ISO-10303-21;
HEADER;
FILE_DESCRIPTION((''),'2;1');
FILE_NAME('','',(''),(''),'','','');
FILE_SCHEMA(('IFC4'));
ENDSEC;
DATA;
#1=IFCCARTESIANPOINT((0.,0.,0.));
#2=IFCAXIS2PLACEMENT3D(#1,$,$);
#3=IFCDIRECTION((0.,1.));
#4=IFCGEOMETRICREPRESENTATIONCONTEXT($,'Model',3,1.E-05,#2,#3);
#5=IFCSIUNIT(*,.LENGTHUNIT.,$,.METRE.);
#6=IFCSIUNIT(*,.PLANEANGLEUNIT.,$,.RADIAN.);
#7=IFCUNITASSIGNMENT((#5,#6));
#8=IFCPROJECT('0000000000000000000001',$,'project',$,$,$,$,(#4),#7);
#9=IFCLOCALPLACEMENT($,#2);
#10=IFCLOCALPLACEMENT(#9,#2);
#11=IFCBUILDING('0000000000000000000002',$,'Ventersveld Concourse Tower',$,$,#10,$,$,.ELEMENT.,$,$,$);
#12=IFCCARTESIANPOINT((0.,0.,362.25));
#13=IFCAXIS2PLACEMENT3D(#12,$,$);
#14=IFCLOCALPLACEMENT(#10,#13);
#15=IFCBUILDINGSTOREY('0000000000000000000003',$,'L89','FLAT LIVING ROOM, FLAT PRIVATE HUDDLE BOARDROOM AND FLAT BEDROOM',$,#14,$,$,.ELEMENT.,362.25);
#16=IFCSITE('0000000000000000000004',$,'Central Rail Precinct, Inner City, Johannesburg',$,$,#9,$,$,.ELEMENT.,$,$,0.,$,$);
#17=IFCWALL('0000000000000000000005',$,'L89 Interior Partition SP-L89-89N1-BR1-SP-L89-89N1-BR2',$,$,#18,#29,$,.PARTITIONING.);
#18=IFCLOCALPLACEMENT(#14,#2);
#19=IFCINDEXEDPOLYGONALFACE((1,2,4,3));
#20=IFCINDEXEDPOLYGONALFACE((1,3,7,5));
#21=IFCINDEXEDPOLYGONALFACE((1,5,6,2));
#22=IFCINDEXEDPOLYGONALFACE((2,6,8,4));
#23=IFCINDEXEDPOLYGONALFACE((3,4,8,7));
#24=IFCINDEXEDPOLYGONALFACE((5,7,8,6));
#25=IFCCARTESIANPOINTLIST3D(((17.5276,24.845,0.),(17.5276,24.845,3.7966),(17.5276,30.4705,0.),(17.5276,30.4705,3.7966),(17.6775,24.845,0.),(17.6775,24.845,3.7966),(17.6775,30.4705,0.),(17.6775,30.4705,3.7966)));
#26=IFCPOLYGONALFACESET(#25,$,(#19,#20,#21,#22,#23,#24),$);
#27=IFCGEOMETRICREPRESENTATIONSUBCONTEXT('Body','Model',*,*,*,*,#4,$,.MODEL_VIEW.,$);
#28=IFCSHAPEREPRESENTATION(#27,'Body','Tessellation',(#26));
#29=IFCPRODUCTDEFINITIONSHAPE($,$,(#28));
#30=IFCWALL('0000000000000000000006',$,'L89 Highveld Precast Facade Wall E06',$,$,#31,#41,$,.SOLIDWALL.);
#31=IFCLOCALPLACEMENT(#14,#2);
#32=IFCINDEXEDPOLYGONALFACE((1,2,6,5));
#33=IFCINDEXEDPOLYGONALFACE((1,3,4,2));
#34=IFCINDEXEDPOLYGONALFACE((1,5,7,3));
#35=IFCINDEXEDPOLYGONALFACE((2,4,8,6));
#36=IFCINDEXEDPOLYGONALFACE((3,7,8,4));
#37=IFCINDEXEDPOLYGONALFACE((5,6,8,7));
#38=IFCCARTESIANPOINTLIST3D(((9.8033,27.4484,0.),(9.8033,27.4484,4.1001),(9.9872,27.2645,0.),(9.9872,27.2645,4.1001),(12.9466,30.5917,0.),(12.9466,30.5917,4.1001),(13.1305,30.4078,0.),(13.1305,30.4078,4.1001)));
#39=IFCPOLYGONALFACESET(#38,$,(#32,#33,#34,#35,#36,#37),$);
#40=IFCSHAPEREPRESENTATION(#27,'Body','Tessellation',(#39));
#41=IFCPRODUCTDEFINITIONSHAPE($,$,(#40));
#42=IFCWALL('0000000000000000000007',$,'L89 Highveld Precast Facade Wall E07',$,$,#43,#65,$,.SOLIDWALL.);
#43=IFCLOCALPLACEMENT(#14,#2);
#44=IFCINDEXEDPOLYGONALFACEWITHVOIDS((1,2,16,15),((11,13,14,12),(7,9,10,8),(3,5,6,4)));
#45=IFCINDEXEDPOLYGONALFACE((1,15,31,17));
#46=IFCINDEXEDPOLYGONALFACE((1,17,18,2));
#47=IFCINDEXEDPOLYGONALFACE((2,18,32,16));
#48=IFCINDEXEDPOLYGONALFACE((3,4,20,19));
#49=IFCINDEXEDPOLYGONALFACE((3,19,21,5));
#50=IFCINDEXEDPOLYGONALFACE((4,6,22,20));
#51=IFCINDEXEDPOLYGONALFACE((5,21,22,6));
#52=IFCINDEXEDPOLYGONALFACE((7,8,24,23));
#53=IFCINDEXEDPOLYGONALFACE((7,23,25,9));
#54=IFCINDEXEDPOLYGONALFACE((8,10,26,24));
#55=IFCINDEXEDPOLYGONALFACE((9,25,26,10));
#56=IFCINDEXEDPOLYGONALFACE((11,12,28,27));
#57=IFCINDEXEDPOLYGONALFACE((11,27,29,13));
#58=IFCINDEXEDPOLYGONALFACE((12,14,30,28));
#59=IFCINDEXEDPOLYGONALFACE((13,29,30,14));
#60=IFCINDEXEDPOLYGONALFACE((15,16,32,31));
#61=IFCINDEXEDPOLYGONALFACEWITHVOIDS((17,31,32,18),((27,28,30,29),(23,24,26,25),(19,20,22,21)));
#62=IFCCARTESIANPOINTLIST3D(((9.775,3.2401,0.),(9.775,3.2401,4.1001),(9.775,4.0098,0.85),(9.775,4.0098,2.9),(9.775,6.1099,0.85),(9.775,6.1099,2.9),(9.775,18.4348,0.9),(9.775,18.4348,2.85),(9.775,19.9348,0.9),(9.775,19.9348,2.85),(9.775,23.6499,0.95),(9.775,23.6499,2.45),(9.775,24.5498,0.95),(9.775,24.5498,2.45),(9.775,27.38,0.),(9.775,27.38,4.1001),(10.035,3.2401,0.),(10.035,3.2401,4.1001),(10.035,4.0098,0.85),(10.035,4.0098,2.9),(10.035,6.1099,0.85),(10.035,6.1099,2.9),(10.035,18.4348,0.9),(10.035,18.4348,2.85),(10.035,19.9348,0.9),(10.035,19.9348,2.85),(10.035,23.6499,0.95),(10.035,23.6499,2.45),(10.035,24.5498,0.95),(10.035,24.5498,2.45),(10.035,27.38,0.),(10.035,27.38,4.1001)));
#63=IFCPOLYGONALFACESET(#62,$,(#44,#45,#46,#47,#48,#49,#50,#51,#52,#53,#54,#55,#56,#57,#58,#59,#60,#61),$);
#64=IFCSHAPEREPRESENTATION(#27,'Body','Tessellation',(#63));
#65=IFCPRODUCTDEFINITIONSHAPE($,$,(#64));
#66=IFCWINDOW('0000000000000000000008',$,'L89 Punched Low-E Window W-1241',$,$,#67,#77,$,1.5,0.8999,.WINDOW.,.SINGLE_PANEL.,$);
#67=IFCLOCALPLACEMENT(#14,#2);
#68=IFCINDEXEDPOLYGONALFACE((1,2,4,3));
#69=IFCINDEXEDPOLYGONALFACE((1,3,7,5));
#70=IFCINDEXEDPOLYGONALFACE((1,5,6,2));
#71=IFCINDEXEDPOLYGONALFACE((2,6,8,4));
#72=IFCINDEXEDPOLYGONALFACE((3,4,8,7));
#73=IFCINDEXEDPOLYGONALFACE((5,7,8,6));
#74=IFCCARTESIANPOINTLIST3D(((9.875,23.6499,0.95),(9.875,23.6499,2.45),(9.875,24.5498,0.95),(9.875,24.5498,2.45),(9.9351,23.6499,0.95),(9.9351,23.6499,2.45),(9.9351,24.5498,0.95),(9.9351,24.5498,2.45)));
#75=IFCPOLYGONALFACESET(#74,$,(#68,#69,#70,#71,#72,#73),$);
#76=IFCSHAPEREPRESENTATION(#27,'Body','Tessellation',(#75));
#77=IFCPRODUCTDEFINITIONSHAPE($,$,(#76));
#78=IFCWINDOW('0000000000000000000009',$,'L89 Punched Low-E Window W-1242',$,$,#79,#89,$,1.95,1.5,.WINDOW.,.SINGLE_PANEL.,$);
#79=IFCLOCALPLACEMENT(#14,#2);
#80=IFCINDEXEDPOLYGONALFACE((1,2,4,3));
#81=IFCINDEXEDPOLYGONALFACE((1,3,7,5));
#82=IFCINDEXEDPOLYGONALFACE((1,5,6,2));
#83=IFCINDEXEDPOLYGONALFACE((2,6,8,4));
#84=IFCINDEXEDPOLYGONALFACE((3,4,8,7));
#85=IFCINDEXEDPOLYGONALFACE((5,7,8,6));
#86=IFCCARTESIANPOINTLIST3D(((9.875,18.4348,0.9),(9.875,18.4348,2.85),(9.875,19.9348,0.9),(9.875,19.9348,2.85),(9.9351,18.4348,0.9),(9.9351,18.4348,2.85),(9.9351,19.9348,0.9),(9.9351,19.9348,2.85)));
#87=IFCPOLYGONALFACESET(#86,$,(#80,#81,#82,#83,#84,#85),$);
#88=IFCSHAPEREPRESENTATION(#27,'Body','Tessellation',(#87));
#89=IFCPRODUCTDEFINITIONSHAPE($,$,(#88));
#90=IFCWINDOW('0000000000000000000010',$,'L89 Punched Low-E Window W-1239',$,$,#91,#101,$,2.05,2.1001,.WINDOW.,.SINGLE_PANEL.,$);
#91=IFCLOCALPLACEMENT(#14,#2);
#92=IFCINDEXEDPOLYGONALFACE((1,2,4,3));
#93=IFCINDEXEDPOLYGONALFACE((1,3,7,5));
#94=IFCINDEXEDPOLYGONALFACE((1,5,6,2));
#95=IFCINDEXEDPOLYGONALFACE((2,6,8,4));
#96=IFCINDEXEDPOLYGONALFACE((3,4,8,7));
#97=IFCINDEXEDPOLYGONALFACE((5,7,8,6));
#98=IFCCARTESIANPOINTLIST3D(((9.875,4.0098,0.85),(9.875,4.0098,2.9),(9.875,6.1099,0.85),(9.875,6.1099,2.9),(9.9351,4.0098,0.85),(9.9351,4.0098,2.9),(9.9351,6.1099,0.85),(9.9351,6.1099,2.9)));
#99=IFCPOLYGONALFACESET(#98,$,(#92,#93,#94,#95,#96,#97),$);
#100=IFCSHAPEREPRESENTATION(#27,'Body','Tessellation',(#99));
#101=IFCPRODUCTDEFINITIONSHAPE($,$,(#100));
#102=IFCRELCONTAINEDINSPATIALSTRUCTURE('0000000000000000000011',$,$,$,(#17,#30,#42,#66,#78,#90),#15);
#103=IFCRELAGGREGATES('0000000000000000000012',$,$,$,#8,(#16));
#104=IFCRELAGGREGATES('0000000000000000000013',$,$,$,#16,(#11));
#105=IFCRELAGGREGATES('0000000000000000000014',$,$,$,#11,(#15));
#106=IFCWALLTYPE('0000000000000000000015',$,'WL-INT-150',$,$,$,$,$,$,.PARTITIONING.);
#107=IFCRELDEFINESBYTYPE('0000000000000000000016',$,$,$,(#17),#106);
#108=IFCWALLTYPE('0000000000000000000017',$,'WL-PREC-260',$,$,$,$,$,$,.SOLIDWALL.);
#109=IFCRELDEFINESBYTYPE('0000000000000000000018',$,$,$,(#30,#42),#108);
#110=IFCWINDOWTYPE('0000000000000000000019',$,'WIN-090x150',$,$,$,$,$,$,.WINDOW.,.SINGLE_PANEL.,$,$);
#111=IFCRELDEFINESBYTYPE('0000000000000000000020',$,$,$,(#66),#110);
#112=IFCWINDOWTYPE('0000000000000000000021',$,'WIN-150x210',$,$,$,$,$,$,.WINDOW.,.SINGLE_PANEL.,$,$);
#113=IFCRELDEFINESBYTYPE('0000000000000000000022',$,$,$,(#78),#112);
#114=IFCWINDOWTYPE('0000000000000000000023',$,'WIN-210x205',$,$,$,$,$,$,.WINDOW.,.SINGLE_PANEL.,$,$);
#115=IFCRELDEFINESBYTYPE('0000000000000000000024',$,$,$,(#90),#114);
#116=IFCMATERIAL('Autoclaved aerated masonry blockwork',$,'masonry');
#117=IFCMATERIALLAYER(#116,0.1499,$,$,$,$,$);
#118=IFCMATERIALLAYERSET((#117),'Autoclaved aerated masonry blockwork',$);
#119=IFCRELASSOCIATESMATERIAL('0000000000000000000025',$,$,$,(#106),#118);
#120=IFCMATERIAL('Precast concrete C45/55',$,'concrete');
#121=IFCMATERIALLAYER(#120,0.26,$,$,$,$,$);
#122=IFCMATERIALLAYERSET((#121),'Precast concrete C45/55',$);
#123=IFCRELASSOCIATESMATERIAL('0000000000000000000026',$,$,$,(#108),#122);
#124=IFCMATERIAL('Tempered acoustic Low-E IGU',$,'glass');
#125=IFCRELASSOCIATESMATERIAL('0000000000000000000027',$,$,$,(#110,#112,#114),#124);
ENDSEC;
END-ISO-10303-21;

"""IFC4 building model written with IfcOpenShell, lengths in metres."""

from ifc_helpers import new_model, si_unit, direction, frame, frame_2d, origin, place, context, subcontext, project, spatial, rectangle, extrude, material, layer, layer_set, type_object, element, fill, save


model = new_model("IFC4")

# Units and contexts
model_context = context("Model", 3, precision=1e-05, world=origin(), true_north=direction((0.0, 1.0)))
body_context = subcontext(model_context, "Body", "Model", "MODEL_VIEW")
ifc_project = project(units=[si_unit("LENGTHUNIT", "METRE"), si_unit("PLANEANGLEUNIT", "RADIAN")], contexts=[model_context])

# Site, building, storey
site_placement = place(None, origin())
site = spatial("IfcSite", under=ifc_project, at=site_placement, Name="Central Rail Precinct, Inner City, Johannesburg", CompositionType="ELEMENT", RefElevation=0.0)
building_placement = place(site_placement, origin())
building = spatial("IfcBuilding", under=site, at=building_placement, Name="Ventersveld Concourse Tower", CompositionType="ELEMENT")
storey_placement = place(building_placement, frame((0.0, 0.0, 362.25)))
storey = spatial("IfcBuildingStorey", under=building, at=storey_placement, Name="L89", Description="FLAT LIVING ROOM, FLAT PRIVATE HUDDLE BOARDROOM AND FLAT BEDROOM", CompositionType="ELEMENT", Elevation=362.25)

# Shared definitions
ifc_material_1 = material(Name="Autoclaved aerated masonry blockwork", Category="masonry")
ifc_layer_1 = layer(ifc_material_1, 0.1499)
ifc_layer_set_1 = layer_set([ifc_layer_1], Name="Autoclaved aerated masonry blockwork")
wall_type_1 = type_object("IfcWallType", Name="WL-INT-150", PredefinedType="PARTITIONING", material=ifc_layer_set_1)

# Walls
wall_1_placement = place(storey_placement, frame((17.6025, 24.845, 0.0), z_axis=(0.0, 0.0, 1.0), x_axis=(0.0, 1.0, 0.0)))
element("IfcWall", 1, at=wall_1_placement, inside=storey, type_object=wall_type_1, Name="L89 Interior Partition SP-L89-89N1-BR1-SP-L89-89N1-BR2", PredefinedType="PARTITIONING", context=body_context, shape_type="SweptSolid", body=[
    extrude(rectangle(XDim=5.6255, YDim=0.1499, at=frame_2d((2.8127, 0.0))), origin(), (0.0, 0.0, 1.0), 3.7966),
])
ifc_material_2 = material(Name="Precast concrete C45/55", Category="concrete")
ifc_layer_2 = layer(ifc_material_2, 0.26)
ifc_layer_set_2 = layer_set([ifc_layer_2], Name="Precast concrete C45/55")
wall_type_2 = type_object("IfcWallType", Name="WL-PREC-260", PredefinedType="SOLIDWALL", material=ifc_layer_set_2)
wall_2_placement = place(storey_placement, frame((13.0386, 30.4998, 0.0), z_axis=(0.0, 0.0, 1.0), x_axis=(-0.707107, -0.707107, 0.0)))
element("IfcWall", 2, at=wall_2_placement, inside=storey, type_object=wall_type_2, Name="L89 Highveld Precast Facade Wall E06", PredefinedType="SOLIDWALL", context=body_context, shape_type="SweptSolid", body=[
    extrude(rectangle(XDim=4.4453, YDim=0.26, at=frame_2d((2.2227, 0.0))), origin(), (0.0, 0.0, 1.0), 4.1001),
])

# Wall, openings, windows
wall_3_placement = place(storey_placement, frame((9.905, 27.3799, 0.0), z_axis=(0.0, 0.0, 1.0), x_axis=(0.0, -1.0, 0.0)))
wall_3 = element("IfcWall", 3, at=wall_3_placement, inside=storey, type_object=wall_type_2, Name="L89 Highveld Precast Facade Wall E07", PredefinedType="SOLIDWALL", context=body_context, shape_type="SweptSolid", body=[
    extrude(rectangle(XDim=24.1399, YDim=0.26, at=frame_2d((12.0698, 0.0))), origin(), (0.0, 0.0, 1.0), 4.1001),
])
opening_1_placement = place(wall_3_placement, frame((21.27, 0.0, 0.8501)))
opening_1 = element("IfcOpeningElement", 4, at=opening_1_placement, cuts=wall_3, PredefinedType="OPENING", context=body_context, shape_type="SweptSolid", body=[
    extrude(rectangle(XDim=2.1001, YDim=2.05, at=frame_2d((1.05, 1.0249))), frame((0.0, 0.1401, 0.0), z_axis=(0.0, -1.0, 0.0), x_axis=(1.0, 0.0, 0.0)), (0.0, 0.0, 1.0), 0.28),
])
opening_2_placement = place(wall_3_placement, frame((2.8301, 0.0, 0.95)))
opening_2 = element("IfcOpeningElement", 5, at=opening_2_placement, cuts=wall_3, PredefinedType="OPENING", context=body_context, shape_type="SweptSolid", body=[
    extrude(rectangle(XDim=0.8999, YDim=1.5, at=frame_2d((0.45, 0.75))), frame((0.0, 0.1401, 0.0), z_axis=(0.0, -1.0, 0.0), x_axis=(1.0, 0.0, 0.0)), (0.0, 0.0, 1.0), 0.28),
])
opening_3_placement = place(wall_3_placement, frame((7.4451, 0.0, 0.8999)))
opening_3 = element("IfcOpeningElement", 6, at=opening_3_placement, cuts=wall_3, PredefinedType="OPENING", context=body_context, shape_type="SweptSolid", body=[
    extrude(rectangle(XDim=1.5, YDim=1.95, at=frame_2d((0.75, 0.9751))), frame((0.0, 0.1401, 0.0), z_axis=(0.0, -1.0, 0.0), x_axis=(1.0, 0.0, 0.0)), (0.0, 0.0, 1.0), 0.28),
])
ifc_material_3 = material(Name="Tempered acoustic Low-E IGU", Category="glass")
window_type_1 = type_object("IfcWindowType", Name="WIN-090x150", PartitioningType="SINGLE_PANEL", PredefinedType="WINDOW", material=ifc_material_3)
window_1_placement = place(opening_2_placement, origin())
window_1 = element("IfcWindow", 7, at=window_1_placement, inside=storey, type_object=window_type_1, Name="L89 Punched Low-E Window W-1241", OverallHeight=1.5, OverallWidth=0.8999, PartitioningType="SINGLE_PANEL", PredefinedType="WINDOW", context=body_context, shape_type="SweptSolid", body=[
    extrude(rectangle(XDim=0.8999, YDim=1.5, at=frame_2d((0.45, 0.75))), frame((0.0, 0.03, 0.0), z_axis=(0.0, -1.0, 0.0), x_axis=(1.0, 0.0, 0.0)), (0.0, 0.0, 1.0), 0.0601),
])
fill(opening_2, window_1)
window_type_2 = type_object("IfcWindowType", Name="WIN-150x210", PartitioningType="SINGLE_PANEL", PredefinedType="WINDOW", material=ifc_material_3)
window_2_placement = place(opening_3_placement, origin())
window_2 = element("IfcWindow", 8, at=window_2_placement, inside=storey, type_object=window_type_2, Name="L89 Punched Low-E Window W-1242", OverallHeight=1.95, OverallWidth=1.5, PartitioningType="SINGLE_PANEL", PredefinedType="WINDOW", context=body_context, shape_type="SweptSolid", body=[
    extrude(rectangle(XDim=1.5, YDim=1.95, at=frame_2d((0.75, 0.9751))), frame((0.0, 0.03, 0.0), z_axis=(0.0, -1.0, 0.0), x_axis=(1.0, 0.0, 0.0)), (0.0, 0.0, 1.0), 0.0601),
])
fill(opening_3, window_2)
window_type_3 = type_object("IfcWindowType", Name="WIN-210x205", PartitioningType="SINGLE_PANEL", PredefinedType="WINDOW", material=ifc_material_3)
window_3_placement = place(opening_1_placement, origin())
window_3 = element("IfcWindow", 9, at=window_3_placement, inside=storey, type_object=window_type_3, Name="L89 Punched Low-E Window W-1239", OverallHeight=2.05, OverallWidth=2.1001, PartitioningType="SINGLE_PANEL", PredefinedType="WINDOW", context=body_context, shape_type="SweptSolid", body=[
    extrude(rectangle(XDim=2.1001, YDim=2.05, at=frame_2d((1.05, 1.0249))), frame((0.0, 0.03, 0.0), z_axis=(0.0, -1.0, 0.0), x_axis=(1.0, 0.0, 0.0)), (0.0, 0.0, 1.0), 0.0601),
])
fill(opening_1, window_3)

save(model, "model.ifc")
